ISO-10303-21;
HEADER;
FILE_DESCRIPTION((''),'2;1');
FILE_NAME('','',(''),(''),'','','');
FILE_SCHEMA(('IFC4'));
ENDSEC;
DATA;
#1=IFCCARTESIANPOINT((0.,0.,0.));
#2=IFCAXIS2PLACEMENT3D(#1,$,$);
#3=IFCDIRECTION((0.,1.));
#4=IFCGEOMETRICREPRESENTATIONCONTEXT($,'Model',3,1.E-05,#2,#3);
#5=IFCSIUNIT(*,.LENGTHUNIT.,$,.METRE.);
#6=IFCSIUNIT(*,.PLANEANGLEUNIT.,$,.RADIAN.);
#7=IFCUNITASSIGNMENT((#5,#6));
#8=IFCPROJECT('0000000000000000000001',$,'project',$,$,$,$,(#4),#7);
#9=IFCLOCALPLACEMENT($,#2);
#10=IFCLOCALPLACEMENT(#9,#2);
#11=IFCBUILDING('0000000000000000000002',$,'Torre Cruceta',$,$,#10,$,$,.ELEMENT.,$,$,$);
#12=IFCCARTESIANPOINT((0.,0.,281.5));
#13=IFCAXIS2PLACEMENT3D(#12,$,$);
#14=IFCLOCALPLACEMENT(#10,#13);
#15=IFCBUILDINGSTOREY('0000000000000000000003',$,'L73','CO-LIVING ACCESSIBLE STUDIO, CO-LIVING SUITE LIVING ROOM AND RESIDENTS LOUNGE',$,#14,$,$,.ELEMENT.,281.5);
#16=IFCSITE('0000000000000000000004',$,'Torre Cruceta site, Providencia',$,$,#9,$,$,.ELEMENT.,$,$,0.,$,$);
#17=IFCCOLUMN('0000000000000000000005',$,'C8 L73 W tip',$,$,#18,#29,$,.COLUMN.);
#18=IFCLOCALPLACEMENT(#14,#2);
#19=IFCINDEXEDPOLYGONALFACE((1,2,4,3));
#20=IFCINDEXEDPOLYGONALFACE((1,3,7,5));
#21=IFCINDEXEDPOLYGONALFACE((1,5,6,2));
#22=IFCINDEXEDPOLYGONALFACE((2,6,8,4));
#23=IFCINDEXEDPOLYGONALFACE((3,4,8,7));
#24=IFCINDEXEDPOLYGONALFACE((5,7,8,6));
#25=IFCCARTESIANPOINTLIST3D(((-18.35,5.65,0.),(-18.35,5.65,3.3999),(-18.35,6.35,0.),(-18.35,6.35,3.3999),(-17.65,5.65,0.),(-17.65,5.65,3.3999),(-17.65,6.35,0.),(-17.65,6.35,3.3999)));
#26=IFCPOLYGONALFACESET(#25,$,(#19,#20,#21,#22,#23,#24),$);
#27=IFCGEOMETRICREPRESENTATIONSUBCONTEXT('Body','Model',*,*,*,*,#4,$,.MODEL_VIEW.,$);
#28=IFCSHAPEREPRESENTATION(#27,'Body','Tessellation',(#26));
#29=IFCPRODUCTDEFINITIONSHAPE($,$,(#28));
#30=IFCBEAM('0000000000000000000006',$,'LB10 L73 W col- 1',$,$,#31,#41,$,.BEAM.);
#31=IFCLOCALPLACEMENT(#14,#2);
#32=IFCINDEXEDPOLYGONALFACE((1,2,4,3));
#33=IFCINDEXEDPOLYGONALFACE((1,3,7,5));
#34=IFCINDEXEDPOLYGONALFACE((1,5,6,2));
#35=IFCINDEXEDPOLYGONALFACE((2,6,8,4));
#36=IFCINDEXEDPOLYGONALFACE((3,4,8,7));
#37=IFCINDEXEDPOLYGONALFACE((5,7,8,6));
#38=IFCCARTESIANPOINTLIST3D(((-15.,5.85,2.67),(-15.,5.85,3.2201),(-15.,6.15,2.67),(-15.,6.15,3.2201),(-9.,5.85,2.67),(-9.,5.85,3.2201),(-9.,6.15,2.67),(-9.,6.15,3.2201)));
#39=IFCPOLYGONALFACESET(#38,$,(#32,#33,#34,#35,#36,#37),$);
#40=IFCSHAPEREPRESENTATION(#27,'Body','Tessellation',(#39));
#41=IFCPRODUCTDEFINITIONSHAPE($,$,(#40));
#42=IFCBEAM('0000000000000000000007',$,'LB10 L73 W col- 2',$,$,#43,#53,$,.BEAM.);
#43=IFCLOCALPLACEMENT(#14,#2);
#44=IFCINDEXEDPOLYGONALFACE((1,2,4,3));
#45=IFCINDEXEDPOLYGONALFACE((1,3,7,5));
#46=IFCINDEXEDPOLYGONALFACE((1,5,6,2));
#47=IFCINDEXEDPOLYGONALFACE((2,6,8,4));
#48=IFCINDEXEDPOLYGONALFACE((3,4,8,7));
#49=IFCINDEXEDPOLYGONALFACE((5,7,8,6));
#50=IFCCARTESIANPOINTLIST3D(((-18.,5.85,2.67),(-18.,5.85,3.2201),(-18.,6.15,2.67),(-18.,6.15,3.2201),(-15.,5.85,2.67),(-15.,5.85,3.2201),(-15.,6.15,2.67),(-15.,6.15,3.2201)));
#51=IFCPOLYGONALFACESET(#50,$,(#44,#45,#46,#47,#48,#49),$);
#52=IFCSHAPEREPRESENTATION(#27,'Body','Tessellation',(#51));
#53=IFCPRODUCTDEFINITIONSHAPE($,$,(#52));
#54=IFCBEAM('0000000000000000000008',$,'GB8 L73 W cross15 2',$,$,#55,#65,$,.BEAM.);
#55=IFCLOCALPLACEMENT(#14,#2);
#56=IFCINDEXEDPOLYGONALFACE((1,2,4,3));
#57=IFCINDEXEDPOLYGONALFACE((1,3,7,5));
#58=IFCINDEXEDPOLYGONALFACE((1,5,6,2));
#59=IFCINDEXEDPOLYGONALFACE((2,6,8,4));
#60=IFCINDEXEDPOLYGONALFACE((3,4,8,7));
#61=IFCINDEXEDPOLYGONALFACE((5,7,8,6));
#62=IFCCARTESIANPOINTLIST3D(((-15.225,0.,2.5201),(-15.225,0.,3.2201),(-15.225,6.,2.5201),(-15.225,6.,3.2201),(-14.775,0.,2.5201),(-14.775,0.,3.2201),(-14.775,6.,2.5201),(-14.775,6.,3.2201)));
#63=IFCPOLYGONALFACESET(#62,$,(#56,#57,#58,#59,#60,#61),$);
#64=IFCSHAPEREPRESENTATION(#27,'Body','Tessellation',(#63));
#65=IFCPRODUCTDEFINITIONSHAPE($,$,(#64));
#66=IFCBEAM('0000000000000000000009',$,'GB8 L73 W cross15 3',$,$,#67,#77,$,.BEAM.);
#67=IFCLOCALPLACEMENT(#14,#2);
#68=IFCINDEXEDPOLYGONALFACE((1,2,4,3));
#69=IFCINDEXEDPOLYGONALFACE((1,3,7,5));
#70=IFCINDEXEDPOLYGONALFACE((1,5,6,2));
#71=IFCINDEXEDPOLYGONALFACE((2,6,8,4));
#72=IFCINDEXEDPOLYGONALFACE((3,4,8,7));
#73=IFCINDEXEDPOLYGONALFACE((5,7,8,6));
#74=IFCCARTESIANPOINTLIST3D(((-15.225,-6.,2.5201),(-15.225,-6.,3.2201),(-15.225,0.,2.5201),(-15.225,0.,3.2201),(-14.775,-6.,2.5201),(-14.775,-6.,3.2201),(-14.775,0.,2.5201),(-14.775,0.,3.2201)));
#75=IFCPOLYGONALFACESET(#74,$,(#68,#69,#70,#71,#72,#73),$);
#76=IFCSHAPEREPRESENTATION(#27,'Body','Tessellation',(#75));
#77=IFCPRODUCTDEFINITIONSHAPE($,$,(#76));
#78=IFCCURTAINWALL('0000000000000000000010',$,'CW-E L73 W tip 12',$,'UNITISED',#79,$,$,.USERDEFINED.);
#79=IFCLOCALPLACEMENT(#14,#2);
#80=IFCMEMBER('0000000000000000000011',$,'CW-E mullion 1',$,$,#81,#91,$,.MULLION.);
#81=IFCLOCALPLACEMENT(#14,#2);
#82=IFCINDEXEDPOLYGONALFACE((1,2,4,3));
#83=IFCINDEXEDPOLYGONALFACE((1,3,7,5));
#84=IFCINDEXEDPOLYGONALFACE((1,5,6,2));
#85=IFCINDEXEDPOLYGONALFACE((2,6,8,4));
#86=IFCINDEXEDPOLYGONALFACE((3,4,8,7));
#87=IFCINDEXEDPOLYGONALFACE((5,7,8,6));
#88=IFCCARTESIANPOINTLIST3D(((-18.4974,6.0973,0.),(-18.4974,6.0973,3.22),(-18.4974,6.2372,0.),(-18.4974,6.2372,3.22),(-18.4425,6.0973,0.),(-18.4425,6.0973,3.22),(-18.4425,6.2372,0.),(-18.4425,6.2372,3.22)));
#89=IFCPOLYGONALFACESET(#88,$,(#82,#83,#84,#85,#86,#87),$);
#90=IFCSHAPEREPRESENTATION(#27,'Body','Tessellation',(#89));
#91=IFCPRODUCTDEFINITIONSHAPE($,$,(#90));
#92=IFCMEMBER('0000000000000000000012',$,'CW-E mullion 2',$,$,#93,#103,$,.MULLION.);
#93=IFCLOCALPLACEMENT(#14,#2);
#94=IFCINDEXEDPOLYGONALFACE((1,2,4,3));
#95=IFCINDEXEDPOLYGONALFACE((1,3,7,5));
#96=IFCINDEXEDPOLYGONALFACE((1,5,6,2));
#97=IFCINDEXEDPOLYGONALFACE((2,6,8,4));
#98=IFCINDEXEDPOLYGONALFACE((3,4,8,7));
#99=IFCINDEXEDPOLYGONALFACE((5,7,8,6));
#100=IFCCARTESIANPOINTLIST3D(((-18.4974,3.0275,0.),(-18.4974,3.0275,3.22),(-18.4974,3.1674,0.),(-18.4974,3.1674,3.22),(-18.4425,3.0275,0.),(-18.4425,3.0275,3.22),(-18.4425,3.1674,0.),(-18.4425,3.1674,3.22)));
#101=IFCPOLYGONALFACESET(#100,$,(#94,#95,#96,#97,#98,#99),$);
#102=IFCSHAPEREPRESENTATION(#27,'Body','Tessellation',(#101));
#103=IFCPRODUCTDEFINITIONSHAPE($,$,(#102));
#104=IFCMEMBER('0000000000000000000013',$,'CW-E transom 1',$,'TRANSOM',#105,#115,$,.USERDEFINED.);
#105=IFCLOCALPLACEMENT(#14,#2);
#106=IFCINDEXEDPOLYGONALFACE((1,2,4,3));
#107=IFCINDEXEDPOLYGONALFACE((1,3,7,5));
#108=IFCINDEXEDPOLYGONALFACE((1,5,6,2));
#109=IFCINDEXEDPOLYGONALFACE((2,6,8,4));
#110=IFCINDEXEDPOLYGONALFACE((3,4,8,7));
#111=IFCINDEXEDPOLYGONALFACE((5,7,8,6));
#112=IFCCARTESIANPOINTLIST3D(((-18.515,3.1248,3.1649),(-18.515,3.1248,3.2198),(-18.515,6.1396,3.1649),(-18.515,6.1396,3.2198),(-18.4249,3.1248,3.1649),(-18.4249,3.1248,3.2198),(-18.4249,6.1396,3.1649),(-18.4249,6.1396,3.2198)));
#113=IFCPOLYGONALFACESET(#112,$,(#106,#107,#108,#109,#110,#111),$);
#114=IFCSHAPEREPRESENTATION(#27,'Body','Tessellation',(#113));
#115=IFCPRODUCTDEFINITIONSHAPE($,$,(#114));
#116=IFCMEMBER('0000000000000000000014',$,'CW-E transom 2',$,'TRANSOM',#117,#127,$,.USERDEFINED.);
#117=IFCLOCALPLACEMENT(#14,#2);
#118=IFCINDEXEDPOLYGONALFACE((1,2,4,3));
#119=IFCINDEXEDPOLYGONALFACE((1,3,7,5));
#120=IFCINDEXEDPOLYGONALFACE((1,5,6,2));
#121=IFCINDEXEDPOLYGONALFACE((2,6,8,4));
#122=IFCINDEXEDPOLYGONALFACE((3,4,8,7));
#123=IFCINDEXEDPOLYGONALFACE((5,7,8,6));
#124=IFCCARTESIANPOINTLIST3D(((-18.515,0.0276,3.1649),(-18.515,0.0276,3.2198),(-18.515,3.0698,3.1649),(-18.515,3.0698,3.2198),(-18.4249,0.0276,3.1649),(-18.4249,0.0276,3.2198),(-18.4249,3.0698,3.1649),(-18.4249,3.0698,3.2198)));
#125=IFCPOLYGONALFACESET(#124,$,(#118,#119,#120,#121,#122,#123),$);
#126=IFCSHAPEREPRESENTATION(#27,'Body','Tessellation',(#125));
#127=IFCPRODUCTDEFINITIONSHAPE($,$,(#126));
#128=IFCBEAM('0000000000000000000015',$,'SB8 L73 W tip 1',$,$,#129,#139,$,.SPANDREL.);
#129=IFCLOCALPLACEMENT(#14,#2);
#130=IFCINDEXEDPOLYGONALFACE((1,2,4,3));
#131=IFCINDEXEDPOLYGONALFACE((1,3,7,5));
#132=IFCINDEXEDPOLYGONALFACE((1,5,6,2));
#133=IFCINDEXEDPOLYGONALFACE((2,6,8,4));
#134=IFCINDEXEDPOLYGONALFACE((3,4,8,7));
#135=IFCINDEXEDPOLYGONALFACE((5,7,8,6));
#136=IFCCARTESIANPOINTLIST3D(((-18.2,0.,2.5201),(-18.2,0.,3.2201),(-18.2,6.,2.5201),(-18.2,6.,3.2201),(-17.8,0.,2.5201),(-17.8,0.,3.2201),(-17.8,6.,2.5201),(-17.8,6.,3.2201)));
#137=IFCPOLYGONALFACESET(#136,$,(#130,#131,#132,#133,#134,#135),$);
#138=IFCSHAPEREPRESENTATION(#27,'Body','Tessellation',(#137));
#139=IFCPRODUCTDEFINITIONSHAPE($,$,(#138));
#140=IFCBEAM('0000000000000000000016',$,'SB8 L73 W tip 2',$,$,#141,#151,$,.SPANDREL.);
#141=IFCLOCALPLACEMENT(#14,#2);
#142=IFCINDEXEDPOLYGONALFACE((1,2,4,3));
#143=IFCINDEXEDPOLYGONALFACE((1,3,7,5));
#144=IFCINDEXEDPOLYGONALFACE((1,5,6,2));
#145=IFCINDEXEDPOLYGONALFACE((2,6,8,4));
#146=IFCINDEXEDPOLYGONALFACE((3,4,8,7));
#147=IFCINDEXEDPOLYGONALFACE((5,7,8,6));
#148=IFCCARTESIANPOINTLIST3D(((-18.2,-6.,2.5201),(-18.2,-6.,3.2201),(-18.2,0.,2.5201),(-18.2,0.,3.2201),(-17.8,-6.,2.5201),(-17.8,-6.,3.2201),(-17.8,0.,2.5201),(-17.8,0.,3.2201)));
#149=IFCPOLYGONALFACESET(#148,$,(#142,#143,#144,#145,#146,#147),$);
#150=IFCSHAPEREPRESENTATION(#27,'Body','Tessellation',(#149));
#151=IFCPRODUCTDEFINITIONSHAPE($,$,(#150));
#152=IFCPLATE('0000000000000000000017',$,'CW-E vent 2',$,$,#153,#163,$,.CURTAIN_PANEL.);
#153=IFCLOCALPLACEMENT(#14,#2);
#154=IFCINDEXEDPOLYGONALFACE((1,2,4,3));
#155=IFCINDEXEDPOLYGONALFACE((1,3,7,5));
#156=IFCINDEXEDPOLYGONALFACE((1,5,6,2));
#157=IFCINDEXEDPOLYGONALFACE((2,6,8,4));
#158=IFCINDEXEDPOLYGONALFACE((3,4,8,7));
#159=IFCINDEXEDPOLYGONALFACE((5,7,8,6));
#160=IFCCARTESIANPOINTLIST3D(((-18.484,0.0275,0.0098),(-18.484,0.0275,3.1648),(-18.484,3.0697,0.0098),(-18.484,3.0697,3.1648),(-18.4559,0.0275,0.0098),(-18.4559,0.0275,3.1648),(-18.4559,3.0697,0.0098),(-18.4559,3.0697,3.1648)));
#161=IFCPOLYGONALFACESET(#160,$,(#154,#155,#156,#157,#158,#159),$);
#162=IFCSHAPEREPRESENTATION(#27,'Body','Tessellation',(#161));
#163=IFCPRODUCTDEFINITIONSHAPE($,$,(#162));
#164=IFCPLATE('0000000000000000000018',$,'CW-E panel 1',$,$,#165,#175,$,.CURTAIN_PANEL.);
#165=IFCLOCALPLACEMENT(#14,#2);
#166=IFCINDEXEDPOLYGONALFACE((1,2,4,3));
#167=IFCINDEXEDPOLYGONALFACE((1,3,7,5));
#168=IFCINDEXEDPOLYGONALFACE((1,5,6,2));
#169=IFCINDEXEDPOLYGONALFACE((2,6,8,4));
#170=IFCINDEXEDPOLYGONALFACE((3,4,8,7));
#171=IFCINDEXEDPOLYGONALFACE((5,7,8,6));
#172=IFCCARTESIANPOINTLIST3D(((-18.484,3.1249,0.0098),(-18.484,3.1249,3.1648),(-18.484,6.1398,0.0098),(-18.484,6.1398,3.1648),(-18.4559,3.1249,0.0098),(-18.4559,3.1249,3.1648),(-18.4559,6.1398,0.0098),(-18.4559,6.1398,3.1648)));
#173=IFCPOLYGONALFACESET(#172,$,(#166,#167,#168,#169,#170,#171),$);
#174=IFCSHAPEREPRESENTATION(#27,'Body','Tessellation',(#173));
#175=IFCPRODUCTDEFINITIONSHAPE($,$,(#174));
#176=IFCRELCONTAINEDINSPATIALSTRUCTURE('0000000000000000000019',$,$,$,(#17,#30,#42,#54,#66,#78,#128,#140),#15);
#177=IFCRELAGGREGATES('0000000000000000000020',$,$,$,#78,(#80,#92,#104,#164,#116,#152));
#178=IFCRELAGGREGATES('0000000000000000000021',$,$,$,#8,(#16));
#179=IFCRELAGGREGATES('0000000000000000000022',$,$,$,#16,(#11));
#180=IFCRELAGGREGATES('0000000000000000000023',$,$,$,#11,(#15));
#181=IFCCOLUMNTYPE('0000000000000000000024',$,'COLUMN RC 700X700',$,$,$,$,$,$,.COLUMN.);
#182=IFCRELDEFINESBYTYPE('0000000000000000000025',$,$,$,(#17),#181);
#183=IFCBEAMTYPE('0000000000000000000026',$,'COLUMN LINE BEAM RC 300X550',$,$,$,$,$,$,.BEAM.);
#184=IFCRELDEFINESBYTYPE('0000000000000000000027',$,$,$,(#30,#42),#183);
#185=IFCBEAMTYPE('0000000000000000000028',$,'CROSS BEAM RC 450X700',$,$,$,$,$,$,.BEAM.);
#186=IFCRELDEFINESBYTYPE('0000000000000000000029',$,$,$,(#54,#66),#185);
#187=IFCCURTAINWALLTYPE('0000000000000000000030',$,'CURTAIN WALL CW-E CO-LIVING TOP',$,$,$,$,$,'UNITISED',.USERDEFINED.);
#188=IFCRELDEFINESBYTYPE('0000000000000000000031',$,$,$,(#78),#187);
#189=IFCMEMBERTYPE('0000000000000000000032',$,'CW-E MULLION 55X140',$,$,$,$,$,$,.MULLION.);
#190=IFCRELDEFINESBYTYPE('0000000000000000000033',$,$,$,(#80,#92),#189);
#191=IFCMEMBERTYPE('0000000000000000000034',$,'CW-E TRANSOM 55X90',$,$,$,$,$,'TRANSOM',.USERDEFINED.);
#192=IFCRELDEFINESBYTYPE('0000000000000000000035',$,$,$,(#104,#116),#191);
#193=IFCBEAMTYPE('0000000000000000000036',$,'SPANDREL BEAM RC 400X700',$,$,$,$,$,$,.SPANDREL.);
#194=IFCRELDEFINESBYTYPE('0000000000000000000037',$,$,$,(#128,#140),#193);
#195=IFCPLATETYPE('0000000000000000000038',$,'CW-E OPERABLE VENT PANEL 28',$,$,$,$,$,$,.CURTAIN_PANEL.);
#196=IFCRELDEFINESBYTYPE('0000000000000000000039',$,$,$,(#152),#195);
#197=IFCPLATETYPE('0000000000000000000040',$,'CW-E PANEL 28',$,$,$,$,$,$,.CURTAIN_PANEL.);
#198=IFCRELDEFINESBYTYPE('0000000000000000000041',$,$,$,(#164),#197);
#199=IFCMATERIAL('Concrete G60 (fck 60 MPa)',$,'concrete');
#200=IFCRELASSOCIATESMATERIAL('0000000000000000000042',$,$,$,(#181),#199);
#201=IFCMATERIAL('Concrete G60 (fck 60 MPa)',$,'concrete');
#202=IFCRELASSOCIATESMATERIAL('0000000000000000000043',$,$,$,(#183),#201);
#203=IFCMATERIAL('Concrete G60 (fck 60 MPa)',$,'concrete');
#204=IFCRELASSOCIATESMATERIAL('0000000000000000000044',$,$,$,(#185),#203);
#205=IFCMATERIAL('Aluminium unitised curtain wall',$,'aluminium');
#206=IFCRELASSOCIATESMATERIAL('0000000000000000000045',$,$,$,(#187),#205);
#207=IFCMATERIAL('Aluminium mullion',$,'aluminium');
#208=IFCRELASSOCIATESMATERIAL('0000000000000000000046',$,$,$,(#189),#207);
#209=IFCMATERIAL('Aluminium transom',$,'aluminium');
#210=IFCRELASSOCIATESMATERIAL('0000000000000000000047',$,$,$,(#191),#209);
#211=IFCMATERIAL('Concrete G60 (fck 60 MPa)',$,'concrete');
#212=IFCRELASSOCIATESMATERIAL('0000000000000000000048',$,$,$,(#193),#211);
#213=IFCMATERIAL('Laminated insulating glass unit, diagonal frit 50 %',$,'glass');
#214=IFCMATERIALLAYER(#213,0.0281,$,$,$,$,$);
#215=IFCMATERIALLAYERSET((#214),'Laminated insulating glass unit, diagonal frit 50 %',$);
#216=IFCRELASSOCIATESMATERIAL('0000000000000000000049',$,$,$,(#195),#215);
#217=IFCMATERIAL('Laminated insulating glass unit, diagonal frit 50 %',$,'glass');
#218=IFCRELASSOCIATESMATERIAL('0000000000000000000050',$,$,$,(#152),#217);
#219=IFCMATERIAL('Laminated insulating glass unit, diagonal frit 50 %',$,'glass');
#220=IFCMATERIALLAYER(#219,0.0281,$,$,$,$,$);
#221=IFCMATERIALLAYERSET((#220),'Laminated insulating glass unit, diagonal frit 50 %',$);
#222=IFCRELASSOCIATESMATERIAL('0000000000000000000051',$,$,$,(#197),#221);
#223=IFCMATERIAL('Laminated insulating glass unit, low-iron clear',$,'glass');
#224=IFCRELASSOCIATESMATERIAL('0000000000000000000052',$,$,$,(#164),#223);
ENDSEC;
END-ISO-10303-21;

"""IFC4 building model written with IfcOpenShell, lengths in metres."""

from ifc_helpers import new_model, si_unit, direction, frame, origin, origin_2d, place, context, subcontext, project, spatial, rectangle, extrude, material, layer, layer_set, material_profile, profile_set, type_object, element, aggregate, save


model = new_model("IFC4")

# Units and contexts
model_context = context("Model", 3, precision=1e-05, world=origin(), true_north=direction((0.0, 1.0)))
body_context = subcontext(model_context, "Body", "Model", "MODEL_VIEW")
ifc_project = project(units=[si_unit("LENGTHUNIT", "METRE"), si_unit("PLANEANGLEUNIT", "RADIAN")], contexts=[model_context])

# Site, building, storey
site_placement = place(None, origin())
site = spatial("IfcSite", under=ifc_project, at=site_placement, Name="Torre Cruceta site, Providencia", CompositionType="ELEMENT", RefElevation=0.0)
building_placement = place(site_placement, origin())
building = spatial("IfcBuilding", under=site, at=building_placement, Name="Torre Cruceta", CompositionType="ELEMENT")
storey_placement = place(building_placement, frame((0.0, 0.0, 281.5)))
storey = spatial("IfcBuildingStorey", under=building, at=storey_placement, Name="L73", Description="CO-LIVING ACCESSIBLE STUDIO, CO-LIVING SUITE LIVING ROOM AND RESIDENTS LOUNGE", CompositionType="ELEMENT", Elevation=281.5)

# Column
ifc_material_1 = material(Name="Concrete G60 (fck 60 MPa)", Category="concrete")
ifc_material_profile_1 = material_profile(ifc_material_1, rectangle(XDim=0.7, YDim=0.7, at=origin_2d()), Name="RC 700X700")
ifc_profile_set_1 = profile_set([ifc_material_profile_1], Name="Concrete G60 (fck 60 MPa)")
column_type = type_object("IfcColumnType", Name="COLUMN RC 700X700", PredefinedType="COLUMN", material=ifc_profile_set_1)
column_placement = place(storey_placement, frame((-18.0, 6.0, 0.0), z_axis=(0.0, 0.0, 1.0), x_axis=(1.0, 0.0, 0.0)))
element("IfcColumn", 1, at=column_placement, inside=storey, type_object=column_type, Name="C8 L73 W tip", PredefinedType="COLUMN", context=body_context, shape_type="SweptSolid", body=[
    extrude(rectangle(XDim=0.7, YDim=0.7, at=origin_2d()), origin(), (0.0, 0.0, 1.0), 3.3999),
])

# Beams
ifc_material_2 = material(Name="Concrete G60 (fck 60 MPa)", Category="concrete")
ifc_material_profile_2 = material_profile(ifc_material_2, rectangle(XDim=0.3, YDim=0.55, at=origin_2d()), Name="RC 300X550")
ifc_profile_set_2 = profile_set([ifc_material_profile_2], Name="Concrete G60 (fck 60 MPa)")
beam_type_1 = type_object("IfcBeamType", Name="COLUMN LINE BEAM RC 300X550", PredefinedType="BEAM", material=ifc_profile_set_2)
beam_1_placement = place(storey_placement, frame((-9.0, 6.0, 2.9451), z_axis=(-1.0, 0.0, 0.0), x_axis=(0.0, -1.0, 0.0)))
element("IfcBeam", 2, at=beam_1_placement, inside=storey, type_object=beam_type_1, Name="LB10 L73 W col- 1", PredefinedType="BEAM", context=body_context, shape_type="SweptSolid", body=[
    extrude(rectangle(XDim=0.3, YDim=0.55, at=origin_2d()), origin(), (0.0, 0.0, 1.0), 6.0),
])
beam_2_placement = place(storey_placement, frame((-15.0, 6.0, 2.9451), z_axis=(-1.0, 0.0, 0.0), x_axis=(0.0, -1.0, 0.0)))
element("IfcBeam", 3, at=beam_2_placement, inside=storey, type_object=beam_type_1, Name="LB10 L73 W col- 2", PredefinedType="BEAM", context=body_context, shape_type="SweptSolid", body=[
    extrude(rectangle(XDim=0.3, YDim=0.55, at=origin_2d()), origin(), (0.0, 0.0, 1.0), 3.0),
])
ifc_material_3 = material(Name="Concrete G60 (fck 60 MPa)", Category="concrete")
ifc_material_profile_3 = material_profile(ifc_material_3, rectangle(XDim=0.45, YDim=0.7, at=origin_2d()), Name="RC 450X700")
ifc_profile_set_3 = profile_set([ifc_material_profile_3], Name="Concrete G60 (fck 60 MPa)")
beam_type_2 = type_object("IfcBeamType", Name="CROSS BEAM RC 450X700", PredefinedType="BEAM", material=ifc_profile_set_3)
for number, where, z_axis, x_axis, name in (
    (4, (-15.0, 6.0, 2.8701), (0.0, -1.0, 0.0), (1.0, 0.0, 0.0), "GB8 L73 W cross15 2"),
    (5, (-15.0, 0.0, 2.8701), (0.0, -1.0, 0.0), (1.0, 0.0, 0.0), "GB8 L73 W cross15 3"),
):
    element("IfcBeam", number, at=place(storey_placement, frame(where, z_axis=z_axis, x_axis=x_axis)), inside=storey, type_object=beam_type_2, Name=name, PredefinedType="BEAM", context=body_context, shape_type="SweptSolid", body=[
        extrude(rectangle(XDim=0.45, YDim=0.7, at=origin_2d()), origin(), (0.0, 0.0, 1.0), 6.0),
    ])

# Curtain wall, members
ifc_material_4 = material(Name="Aluminium unitised curtain wall", Category="aluminium")
curtain_wall_type = type_object("IfcCurtainWallType", Name="CURTAIN WALL CW-E CO-LIVING TOP", ElementType="UNITISED", PredefinedType="USERDEFINED", material=ifc_material_4)
curtain_wall_placement = place(storey_placement, origin())
curtain_wall = element("IfcCurtainWall", 6, at=curtain_wall_placement, inside=storey, type_object=curtain_wall_type, Name="CW-E L73 W tip 12", ObjectType="UNITISED", PredefinedType="USERDEFINED")
ifc_material_5 = material(Name="Aluminium mullion", Category="aluminium")
ifc_material_profile_4 = material_profile(ifc_material_5, rectangle(XDim=0.0549, YDim=0.1399, at=origin_2d()), Name="AL 55X140")
ifc_profile_set_4 = profile_set([ifc_material_profile_4], Name="Aluminium mullion")
member_type_1 = type_object("IfcMemberType", Name="CW-E MULLION 55X140", PredefinedType="MULLION", material=ifc_profile_set_4)
member_1_placement = place(storey_placement, frame((-18.47, 6.1672, 0.0), z_axis=(0.0, 0.0, 1.0), x_axis=(1.0, 0.0, 0.0)))
member_1 = element("IfcMember", 7, at=member_1_placement, type_object=member_type_1, Name="CW-E mullion 1", PredefinedType="MULLION", context=body_context, shape_type="SweptSolid", body=[
    extrude(rectangle(XDim=0.0549, YDim=0.1399, at=origin_2d()), origin(), (0.0, 0.0, 1.0), 3.22),
])
member_2_placement = place(storey_placement, frame((-18.47, 3.0974, 0.0), z_axis=(0.0, 0.0, 1.0), x_axis=(1.0, 0.0, 0.0)))
member_2 = element("IfcMember", 8, at=member_2_placement, type_object=member_type_1, Name="CW-E mullion 2", PredefinedType="MULLION", context=body_context, shape_type="SweptSolid", body=[
    extrude(rectangle(XDim=0.0549, YDim=0.1399, at=origin_2d()), origin(), (0.0, 0.0, 1.0), 3.22),
])
ifc_material_6 = material(Name="Aluminium transom", Category="aluminium")
ifc_material_profile_5 = material_profile(ifc_material_6, rectangle(XDim=0.0901, YDim=0.0549, at=origin_2d()), Name="AL 90X55")
ifc_profile_set_5 = profile_set([ifc_material_profile_5], Name="Aluminium transom")
member_type_2 = type_object("IfcMemberType", Name="CW-E TRANSOM 55X90", ElementType="TRANSOM", PredefinedType="USERDEFINED", material=ifc_profile_set_5)
member_3_placement = place(storey_placement, frame((-18.47, 6.1396, 3.1924), z_axis=(0.0, -1.0, 0.0), x_axis=(1.0, 0.0, 0.0)))
member_3 = element("IfcMember", 9, at=member_3_placement, type_object=member_type_2, Name="CW-E transom 1", ObjectType="TRANSOM", PredefinedType="USERDEFINED", context=body_context, shape_type="SweptSolid", body=[
    extrude(rectangle(XDim=0.0901, YDim=0.0549, at=origin_2d()), origin(), (0.0, 0.0, 1.0), 3.0149),
])
member_4_placement = place(storey_placement, frame((-18.47, 3.0698, 3.1924), z_axis=(0.0, -1.0, 0.0), x_axis=(1.0, 0.0, 0.0)))
member_4 = element("IfcMember", 10, at=member_4_placement, type_object=member_type_2, Name="CW-E transom 2", ObjectType="TRANSOM", PredefinedType="USERDEFINED", context=body_context, shape_type="SweptSolid", body=[
    extrude(rectangle(XDim=0.0901, YDim=0.0549, at=origin_2d()), origin(), (0.0, 0.0, 1.0), 3.0422),
])

# Beams
ifc_material_7 = material(Name="Concrete G60 (fck 60 MPa)", Category="concrete")
ifc_material_profile_6 = material_profile(ifc_material_7, rectangle(XDim=0.3999, YDim=0.7, at=origin_2d()), Name="RC 400X700")
ifc_profile_set_6 = profile_set([ifc_material_profile_6], Name="Concrete G60 (fck 60 MPa)")
beam_type_3 = type_object("IfcBeamType", Name="SPANDREL BEAM RC 400X700", PredefinedType="SPANDREL", material=ifc_profile_set_6)
for number, where, z_axis, x_axis, name in (
    (11, (-18.0, 6.0, 2.8701), (0.0, -1.0, 0.0), (1.0, 0.0, 0.0), "SB8 L73 W tip 1"),
    (12, (-18.0, 0.0, 2.8701), (0.0, -1.0, 0.0), (1.0, 0.0, 0.0), "SB8 L73 W tip 2"),
):
    element("IfcBeam", number, at=place(storey_placement, frame(where, z_axis=z_axis, x_axis=x_axis)), inside=storey, type_object=beam_type_3, Name=name, PredefinedType="SPANDREL", context=body_context, shape_type="SweptSolid", body=[
        extrude(rectangle(XDim=0.3999, YDim=0.7, at=origin_2d()), origin(), (0.0, 0.0, 1.0), 6.0),
    ])

# Plates
ifc_material_8 = material(Name="Laminated insulating glass unit, diagonal frit 50 %", Category="glass")
ifc_material_9 = material(Name="Laminated insulating glass unit, diagonal frit 50 %", Category="glass")
ifc_layer_1 = layer(ifc_material_9, 0.0281)
ifc_layer_set_1 = layer_set([ifc_layer_1], Name="Laminated insulating glass unit, diagonal frit 50 %")
plate_type_1 = type_object("IfcPlateType", Name="CW-E OPERABLE VENT PANEL 28", PredefinedType="CURTAIN_PANEL", material=ifc_layer_set_1)
plate_1_placement = place(storey_placement, frame((-18.47, 1.5486, 0.0098), z_axis=(0.0, 0.0, 1.0), x_axis=(0.0, -1.0, 0.0)))
plate_1 = element("IfcPlate", 13, at=plate_1_placement, type_object=plate_type_1, material=ifc_material_8, Name="CW-E vent 2", PredefinedType="CURTAIN_PANEL", context=body_context, shape_type="SweptSolid", body=[
    extrude(rectangle(XDim=3.0422, YDim=0.0281, at=origin_2d()), origin(), (0.0, 0.0, 1.0), 3.155),
])
ifc_material_10 = material(Name="Laminated insulating glass unit, low-iron clear", Category="glass")
ifc_material_11 = material(Name="Laminated insulating glass unit, diagonal frit 50 %", Category="glass")
ifc_layer_2 = layer(ifc_material_11, 0.0281)
ifc_layer_set_2 = layer_set([ifc_layer_2], Name="Laminated insulating glass unit, diagonal frit 50 %")
plate_type_2 = type_object("IfcPlateType", Name="CW-E PANEL 28", PredefinedType="CURTAIN_PANEL", material=ifc_layer_set_2)
plate_2_placement = place(storey_placement, frame((-18.47, 4.6323, 0.0098), z_axis=(0.0, 0.0, 1.0), x_axis=(0.0, -1.0, 0.0)))
plate_2 = element("IfcPlate", 14, at=plate_2_placement, type_object=plate_type_2, material=ifc_material_10, Name="CW-E panel 1", PredefinedType="CURTAIN_PANEL", context=body_context, shape_type="SweptSolid", body=[
    extrude(rectangle(XDim=3.0149, YDim=0.0281, at=origin_2d()), origin(), (0.0, 0.0, 1.0), 3.155),
])
aggregate(curtain_wall, [member_1, member_2, member_3, plate_2, member_4, plate_1])

save(model, "model.ifc")
